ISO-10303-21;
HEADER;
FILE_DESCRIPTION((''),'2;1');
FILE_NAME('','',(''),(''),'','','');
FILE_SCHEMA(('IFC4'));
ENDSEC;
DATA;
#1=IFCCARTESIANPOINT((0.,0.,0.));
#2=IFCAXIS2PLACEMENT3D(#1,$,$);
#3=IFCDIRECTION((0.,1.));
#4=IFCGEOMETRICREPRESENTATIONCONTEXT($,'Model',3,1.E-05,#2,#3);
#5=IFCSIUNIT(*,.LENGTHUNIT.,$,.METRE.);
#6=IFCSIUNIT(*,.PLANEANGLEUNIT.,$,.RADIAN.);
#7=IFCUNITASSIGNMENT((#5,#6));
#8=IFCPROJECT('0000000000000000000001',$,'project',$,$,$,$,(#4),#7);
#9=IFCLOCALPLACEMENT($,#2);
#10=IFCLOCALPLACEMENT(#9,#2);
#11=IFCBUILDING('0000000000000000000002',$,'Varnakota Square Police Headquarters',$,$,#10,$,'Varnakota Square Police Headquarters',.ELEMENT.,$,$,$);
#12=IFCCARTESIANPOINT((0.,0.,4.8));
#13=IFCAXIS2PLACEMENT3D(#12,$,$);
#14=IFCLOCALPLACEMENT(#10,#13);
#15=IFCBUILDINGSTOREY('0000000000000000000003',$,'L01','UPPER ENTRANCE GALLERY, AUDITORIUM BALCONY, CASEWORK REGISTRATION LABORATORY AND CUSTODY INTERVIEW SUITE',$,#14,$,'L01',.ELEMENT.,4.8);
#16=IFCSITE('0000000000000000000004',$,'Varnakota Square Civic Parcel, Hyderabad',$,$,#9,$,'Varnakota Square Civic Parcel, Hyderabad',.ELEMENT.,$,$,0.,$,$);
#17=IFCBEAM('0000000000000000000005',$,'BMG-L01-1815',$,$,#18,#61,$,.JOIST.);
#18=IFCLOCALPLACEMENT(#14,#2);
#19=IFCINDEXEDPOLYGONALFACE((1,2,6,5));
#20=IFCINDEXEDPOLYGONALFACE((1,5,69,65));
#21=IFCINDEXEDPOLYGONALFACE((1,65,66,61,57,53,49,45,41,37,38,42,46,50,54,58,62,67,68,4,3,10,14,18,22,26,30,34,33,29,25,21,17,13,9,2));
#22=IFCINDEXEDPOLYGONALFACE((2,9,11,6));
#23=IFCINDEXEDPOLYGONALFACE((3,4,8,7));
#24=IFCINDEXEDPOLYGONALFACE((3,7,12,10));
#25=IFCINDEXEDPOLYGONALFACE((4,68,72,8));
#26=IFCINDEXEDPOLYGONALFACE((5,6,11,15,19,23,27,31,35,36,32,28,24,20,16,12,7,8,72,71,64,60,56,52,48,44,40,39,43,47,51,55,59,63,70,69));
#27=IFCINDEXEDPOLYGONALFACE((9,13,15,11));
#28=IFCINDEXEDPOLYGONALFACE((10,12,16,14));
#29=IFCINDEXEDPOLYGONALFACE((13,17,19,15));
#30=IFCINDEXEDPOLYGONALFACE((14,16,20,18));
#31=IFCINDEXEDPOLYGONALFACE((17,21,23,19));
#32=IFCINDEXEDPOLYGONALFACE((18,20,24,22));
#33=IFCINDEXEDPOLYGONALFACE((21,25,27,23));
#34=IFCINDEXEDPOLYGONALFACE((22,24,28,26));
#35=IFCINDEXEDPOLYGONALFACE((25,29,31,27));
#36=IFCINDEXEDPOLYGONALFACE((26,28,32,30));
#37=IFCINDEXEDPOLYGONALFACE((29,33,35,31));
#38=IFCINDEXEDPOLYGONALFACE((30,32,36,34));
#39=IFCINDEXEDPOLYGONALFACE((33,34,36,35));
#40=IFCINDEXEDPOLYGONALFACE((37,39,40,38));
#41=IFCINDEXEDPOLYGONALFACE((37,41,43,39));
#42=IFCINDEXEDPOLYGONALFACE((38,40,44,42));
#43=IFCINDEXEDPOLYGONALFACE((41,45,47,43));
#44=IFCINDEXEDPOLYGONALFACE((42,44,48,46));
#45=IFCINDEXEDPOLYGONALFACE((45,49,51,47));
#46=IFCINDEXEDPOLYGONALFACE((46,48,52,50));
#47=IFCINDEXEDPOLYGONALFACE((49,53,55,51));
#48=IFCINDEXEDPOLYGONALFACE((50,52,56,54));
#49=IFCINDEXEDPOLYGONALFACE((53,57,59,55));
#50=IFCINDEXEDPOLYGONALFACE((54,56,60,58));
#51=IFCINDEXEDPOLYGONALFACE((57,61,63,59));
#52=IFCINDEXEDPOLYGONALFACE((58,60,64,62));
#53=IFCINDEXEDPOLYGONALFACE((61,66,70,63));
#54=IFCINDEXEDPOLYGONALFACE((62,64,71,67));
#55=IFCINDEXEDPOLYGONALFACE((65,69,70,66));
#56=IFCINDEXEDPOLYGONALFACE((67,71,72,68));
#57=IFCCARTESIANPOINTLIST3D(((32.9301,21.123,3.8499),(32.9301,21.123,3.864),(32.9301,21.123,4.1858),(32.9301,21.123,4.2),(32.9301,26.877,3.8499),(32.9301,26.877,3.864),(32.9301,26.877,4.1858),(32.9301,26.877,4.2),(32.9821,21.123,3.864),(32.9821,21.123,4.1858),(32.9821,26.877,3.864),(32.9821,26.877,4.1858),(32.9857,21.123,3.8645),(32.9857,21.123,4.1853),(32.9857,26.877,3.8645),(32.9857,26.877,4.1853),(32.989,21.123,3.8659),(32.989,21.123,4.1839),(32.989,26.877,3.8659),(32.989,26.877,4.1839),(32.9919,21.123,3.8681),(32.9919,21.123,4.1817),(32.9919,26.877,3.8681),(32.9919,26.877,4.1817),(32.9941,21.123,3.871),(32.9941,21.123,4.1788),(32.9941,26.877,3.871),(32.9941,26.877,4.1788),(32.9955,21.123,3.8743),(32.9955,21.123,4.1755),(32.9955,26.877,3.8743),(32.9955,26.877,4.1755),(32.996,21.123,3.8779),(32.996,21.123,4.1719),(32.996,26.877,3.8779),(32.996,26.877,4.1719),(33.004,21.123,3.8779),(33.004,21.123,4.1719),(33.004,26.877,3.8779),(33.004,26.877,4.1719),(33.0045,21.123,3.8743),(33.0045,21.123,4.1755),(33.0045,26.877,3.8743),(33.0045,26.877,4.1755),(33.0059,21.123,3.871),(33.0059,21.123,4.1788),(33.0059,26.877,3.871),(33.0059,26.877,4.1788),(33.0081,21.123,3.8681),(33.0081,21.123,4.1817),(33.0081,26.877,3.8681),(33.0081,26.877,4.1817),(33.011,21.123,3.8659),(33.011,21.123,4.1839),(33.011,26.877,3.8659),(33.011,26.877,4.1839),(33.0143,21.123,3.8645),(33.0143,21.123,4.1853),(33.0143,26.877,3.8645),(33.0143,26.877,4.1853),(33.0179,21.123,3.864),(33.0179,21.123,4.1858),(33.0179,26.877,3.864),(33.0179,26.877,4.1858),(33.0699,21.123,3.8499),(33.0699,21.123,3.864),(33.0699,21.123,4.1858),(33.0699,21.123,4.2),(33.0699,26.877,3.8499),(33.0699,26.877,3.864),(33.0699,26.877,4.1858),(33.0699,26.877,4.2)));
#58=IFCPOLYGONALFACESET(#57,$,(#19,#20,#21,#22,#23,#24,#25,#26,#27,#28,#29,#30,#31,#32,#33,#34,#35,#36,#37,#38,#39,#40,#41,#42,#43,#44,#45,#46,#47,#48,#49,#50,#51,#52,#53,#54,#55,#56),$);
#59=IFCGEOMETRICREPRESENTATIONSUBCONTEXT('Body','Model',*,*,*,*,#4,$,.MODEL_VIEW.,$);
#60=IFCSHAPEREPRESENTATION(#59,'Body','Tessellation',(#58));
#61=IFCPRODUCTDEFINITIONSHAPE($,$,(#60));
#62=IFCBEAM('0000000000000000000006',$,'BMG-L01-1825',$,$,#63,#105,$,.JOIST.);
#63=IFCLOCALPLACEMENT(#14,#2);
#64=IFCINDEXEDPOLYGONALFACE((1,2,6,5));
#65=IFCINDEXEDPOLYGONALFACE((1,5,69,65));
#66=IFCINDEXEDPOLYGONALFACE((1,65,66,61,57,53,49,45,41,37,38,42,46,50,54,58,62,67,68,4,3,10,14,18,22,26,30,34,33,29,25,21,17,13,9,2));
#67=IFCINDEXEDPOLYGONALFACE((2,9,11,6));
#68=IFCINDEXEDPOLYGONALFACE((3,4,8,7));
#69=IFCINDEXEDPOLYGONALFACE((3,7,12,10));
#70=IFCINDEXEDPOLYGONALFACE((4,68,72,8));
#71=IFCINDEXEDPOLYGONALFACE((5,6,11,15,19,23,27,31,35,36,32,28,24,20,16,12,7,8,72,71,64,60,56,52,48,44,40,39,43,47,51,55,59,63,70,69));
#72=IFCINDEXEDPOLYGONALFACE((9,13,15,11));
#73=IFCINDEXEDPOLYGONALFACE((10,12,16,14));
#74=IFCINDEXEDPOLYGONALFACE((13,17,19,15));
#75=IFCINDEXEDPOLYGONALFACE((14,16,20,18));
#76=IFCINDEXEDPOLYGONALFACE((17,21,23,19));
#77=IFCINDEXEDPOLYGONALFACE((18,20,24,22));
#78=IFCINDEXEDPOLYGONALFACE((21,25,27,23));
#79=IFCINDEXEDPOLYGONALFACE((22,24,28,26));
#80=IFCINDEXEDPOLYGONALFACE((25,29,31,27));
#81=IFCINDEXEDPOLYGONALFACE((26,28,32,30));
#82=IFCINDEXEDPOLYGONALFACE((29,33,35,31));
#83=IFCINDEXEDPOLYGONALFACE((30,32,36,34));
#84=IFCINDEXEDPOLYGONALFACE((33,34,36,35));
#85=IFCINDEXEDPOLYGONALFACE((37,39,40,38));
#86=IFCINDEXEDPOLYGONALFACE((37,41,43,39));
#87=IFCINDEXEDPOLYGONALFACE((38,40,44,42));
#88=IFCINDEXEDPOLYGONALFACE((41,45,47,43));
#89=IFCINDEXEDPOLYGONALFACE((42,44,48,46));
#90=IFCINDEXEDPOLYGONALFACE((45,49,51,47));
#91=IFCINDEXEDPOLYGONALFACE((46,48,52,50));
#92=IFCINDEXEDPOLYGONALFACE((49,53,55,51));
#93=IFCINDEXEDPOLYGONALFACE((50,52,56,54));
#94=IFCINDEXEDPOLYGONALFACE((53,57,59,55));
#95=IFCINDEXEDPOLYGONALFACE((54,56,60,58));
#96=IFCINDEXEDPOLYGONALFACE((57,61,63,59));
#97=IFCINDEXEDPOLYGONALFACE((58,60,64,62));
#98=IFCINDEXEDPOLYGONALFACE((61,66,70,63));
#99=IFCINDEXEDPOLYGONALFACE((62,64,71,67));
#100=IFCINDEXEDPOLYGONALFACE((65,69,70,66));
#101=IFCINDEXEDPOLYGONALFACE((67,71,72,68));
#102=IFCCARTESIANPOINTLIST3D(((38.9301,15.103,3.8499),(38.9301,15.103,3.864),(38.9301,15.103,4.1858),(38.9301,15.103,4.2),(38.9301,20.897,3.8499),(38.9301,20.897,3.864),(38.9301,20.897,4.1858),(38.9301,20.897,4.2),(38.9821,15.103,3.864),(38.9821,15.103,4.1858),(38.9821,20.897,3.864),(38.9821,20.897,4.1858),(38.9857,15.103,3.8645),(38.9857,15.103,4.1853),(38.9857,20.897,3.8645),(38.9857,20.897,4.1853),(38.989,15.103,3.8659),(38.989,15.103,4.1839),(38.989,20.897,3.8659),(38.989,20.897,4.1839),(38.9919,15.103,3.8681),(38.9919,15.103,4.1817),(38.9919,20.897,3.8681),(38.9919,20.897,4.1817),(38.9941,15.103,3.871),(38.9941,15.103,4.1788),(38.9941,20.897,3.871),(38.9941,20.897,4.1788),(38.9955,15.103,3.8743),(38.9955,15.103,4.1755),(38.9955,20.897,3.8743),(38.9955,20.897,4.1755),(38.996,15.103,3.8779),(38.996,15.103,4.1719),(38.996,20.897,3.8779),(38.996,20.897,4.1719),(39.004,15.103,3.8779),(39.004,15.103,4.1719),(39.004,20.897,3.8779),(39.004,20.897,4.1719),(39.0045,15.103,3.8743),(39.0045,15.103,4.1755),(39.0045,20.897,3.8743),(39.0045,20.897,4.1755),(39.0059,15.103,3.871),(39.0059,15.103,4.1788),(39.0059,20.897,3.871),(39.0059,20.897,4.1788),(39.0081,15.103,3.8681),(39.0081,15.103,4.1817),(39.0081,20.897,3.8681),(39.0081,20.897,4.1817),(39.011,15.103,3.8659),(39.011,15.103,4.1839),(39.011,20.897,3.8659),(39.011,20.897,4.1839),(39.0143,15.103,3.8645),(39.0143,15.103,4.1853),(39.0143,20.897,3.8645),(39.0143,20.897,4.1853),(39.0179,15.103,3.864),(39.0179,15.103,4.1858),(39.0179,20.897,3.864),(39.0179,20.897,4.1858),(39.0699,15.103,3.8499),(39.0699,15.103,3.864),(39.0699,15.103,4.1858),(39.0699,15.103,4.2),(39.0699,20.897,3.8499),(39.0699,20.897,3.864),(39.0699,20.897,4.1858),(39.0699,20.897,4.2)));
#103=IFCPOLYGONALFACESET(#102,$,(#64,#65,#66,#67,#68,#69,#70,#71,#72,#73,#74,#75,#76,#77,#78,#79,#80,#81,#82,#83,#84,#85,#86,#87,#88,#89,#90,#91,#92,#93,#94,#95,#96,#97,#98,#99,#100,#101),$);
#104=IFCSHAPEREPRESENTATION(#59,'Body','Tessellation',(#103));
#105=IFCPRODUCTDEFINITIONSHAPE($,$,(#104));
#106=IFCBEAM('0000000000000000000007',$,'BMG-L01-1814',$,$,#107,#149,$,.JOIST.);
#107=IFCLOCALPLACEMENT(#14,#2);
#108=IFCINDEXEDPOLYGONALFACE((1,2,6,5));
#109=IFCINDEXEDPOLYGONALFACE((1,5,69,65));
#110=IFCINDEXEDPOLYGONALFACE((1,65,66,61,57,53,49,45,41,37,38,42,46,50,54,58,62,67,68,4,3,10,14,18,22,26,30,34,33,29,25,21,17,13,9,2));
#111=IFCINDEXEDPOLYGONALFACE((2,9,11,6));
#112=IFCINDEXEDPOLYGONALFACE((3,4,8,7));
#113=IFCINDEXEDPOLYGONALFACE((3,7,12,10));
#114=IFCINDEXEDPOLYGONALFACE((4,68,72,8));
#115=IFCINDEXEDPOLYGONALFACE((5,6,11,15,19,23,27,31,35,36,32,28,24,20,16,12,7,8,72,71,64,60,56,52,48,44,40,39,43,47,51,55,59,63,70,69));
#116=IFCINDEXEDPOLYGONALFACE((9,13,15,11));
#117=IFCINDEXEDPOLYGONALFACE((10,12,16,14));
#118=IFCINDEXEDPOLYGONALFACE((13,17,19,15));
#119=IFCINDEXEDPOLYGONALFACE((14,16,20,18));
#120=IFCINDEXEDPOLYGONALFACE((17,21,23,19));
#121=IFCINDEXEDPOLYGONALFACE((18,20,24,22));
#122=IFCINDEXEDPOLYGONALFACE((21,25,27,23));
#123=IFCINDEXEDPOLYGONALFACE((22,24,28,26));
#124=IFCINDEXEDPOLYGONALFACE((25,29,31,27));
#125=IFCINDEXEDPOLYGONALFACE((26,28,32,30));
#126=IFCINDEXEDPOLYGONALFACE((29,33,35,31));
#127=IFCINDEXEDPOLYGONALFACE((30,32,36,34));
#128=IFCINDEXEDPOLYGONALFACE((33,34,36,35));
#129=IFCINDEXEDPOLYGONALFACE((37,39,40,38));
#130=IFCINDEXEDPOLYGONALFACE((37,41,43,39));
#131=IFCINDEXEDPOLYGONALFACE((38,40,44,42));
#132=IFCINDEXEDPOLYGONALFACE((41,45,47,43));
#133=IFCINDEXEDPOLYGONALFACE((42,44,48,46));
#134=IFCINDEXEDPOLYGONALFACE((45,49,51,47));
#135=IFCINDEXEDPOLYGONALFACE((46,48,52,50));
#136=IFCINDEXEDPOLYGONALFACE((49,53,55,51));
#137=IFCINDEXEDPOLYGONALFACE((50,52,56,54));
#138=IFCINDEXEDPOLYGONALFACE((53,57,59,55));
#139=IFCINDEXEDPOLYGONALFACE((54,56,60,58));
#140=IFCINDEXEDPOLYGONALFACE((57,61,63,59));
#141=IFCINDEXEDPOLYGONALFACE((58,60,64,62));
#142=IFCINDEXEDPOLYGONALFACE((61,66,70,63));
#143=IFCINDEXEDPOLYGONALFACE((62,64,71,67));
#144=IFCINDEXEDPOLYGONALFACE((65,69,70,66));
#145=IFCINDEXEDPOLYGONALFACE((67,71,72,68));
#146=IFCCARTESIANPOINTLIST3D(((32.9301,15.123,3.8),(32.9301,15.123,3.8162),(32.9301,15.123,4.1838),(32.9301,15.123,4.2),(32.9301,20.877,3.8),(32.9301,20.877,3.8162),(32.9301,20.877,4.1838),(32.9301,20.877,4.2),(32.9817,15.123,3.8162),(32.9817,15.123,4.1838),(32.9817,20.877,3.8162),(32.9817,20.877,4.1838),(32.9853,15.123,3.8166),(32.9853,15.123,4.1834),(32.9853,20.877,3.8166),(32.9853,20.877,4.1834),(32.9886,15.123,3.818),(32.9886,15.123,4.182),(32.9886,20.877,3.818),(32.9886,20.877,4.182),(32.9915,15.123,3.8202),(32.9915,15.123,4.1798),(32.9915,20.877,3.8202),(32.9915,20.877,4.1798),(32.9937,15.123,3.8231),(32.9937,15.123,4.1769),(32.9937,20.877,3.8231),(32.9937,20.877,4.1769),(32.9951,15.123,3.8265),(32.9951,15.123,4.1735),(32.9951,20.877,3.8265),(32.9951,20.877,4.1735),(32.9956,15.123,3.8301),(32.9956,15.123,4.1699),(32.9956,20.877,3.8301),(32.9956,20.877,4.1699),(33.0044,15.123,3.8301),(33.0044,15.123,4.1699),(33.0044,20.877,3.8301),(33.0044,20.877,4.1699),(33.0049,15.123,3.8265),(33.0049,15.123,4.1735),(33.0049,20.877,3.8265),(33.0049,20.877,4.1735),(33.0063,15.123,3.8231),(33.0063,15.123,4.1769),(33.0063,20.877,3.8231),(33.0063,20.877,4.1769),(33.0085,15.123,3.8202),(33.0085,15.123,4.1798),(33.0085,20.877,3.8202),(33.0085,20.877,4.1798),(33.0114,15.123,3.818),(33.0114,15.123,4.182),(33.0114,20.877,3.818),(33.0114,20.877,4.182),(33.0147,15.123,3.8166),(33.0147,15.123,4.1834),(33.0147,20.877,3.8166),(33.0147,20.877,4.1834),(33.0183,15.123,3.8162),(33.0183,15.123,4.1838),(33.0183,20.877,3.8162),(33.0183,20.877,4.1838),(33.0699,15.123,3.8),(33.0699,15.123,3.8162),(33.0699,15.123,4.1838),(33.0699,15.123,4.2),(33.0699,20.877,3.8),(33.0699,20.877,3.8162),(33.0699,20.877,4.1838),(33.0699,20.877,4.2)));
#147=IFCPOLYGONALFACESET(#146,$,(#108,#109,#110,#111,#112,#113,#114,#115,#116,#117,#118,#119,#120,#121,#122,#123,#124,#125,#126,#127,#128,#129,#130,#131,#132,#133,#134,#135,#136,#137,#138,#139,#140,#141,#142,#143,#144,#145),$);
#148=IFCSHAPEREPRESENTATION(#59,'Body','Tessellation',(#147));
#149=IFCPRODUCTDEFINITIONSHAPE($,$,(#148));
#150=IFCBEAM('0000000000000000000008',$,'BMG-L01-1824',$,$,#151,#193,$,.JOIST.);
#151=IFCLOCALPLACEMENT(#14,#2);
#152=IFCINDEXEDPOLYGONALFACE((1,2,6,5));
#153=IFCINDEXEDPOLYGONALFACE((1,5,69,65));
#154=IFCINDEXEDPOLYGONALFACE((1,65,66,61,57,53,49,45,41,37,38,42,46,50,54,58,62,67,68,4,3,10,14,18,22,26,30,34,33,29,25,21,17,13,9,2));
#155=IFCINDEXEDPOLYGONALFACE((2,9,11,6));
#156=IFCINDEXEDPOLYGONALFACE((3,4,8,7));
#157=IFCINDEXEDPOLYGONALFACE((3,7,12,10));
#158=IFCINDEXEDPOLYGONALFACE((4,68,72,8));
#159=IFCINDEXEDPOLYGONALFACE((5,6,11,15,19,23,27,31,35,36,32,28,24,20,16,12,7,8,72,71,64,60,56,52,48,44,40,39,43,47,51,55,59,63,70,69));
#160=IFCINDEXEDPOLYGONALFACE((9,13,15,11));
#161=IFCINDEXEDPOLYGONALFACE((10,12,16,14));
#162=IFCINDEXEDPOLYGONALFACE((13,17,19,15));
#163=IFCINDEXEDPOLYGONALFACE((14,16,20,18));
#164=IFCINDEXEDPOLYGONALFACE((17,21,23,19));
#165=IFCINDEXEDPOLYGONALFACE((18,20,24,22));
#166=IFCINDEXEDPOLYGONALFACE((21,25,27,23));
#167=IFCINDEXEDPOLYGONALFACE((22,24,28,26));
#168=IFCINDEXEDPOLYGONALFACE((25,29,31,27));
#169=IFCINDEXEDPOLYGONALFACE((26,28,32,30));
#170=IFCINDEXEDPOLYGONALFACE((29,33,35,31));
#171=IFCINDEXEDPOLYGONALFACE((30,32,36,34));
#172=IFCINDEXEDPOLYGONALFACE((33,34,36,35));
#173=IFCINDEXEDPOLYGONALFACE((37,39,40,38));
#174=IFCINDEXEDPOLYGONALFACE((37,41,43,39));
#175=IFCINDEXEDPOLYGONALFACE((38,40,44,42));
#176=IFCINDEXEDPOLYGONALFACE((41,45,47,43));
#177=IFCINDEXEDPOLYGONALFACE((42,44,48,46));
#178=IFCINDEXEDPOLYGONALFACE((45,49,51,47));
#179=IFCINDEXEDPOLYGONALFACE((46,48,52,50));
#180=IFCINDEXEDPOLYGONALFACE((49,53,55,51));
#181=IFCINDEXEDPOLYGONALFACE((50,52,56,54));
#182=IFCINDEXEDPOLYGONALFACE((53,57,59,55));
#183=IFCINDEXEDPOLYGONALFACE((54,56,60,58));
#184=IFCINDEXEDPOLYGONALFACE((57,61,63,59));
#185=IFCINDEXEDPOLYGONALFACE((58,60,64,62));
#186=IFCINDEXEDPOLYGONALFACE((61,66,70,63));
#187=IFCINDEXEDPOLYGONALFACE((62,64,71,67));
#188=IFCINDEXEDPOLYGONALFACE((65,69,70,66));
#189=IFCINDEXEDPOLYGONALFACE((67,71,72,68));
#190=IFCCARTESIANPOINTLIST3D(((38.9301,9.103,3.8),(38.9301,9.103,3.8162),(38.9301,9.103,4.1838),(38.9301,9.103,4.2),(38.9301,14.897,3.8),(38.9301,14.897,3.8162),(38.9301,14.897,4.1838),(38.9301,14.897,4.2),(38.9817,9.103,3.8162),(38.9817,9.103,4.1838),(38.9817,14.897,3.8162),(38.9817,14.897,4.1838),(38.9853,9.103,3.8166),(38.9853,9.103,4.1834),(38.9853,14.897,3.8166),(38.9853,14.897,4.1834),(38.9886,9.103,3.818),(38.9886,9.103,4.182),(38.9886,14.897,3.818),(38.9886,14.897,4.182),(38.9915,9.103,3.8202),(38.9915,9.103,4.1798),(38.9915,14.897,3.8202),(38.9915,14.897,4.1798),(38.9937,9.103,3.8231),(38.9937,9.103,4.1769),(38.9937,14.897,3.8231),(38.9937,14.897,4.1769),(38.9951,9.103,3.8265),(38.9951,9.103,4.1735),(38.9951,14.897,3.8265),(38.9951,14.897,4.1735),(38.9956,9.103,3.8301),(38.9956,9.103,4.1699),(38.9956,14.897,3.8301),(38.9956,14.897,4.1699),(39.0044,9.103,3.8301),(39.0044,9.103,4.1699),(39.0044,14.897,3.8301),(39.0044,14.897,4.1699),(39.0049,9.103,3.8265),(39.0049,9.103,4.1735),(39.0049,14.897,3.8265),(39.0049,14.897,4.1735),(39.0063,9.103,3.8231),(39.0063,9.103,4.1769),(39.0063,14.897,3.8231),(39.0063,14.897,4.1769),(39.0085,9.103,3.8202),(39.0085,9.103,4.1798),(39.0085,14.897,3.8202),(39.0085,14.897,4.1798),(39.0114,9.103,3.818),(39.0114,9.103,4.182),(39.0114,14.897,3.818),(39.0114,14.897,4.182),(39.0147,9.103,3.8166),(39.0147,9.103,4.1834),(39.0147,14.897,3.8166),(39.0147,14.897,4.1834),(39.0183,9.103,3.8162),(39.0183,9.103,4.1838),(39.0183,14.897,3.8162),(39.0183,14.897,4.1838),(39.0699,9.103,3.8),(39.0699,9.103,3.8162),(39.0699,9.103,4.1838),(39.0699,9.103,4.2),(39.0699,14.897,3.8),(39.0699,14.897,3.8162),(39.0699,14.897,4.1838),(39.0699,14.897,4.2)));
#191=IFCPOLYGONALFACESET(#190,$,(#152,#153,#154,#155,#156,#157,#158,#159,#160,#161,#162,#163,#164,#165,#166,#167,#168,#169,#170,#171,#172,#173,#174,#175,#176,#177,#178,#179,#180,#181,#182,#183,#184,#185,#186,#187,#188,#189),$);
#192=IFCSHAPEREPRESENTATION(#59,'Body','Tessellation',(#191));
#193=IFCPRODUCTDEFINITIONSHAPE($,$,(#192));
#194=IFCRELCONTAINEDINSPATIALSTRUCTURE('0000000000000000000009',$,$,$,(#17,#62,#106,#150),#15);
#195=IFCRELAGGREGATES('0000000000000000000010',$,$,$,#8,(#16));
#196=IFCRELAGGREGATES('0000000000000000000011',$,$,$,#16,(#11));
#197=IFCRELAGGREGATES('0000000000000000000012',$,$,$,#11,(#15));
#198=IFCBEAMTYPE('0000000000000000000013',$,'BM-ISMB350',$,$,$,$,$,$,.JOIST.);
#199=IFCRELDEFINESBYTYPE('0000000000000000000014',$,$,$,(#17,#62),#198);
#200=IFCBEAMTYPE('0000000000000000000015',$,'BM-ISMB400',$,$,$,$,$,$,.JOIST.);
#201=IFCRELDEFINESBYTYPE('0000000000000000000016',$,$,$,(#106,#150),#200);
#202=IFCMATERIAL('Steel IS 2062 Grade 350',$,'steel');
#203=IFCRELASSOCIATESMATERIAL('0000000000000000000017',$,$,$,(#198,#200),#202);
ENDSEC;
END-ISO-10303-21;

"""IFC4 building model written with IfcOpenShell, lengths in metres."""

from ifc_helpers import new_model, si_unit, direction, frame, origin, origin_2d, place, context, subcontext, project, spatial, i_section, extrude, material, material_profile, profile_set, type_object, element, save


model = new_model("IFC4")

# Units and contexts
model_context = context("Model", 3, precision=1e-05, world=origin(), true_north=direction((0.0, 1.0)))
body_context = subcontext(model_context, "Body", "Model", "MODEL_VIEW")
ifc_project = project(units=[si_unit("LENGTHUNIT", "METRE"), si_unit("PLANEANGLEUNIT", "RADIAN")], contexts=[model_context])

# Site, building, storey
site_placement = place(None, origin())
site = spatial("IfcSite", under=ifc_project, at=site_placement, Name="Varnakota Square Civic Parcel, Hyderabad", LongName="Varnakota Square Civic Parcel, Hyderabad", CompositionType="ELEMENT", RefElevation=0.0)
building_placement = place(site_placement, origin())
building = spatial("IfcBuilding", under=site, at=building_placement, Name="Varnakota Square Police Headquarters", LongName="Varnakota Square Police Headquarters", CompositionType="ELEMENT")
storey_placement = place(building_placement, frame((0.0, 0.0, 4.8)))
storey = spatial("IfcBuildingStorey", under=building, at=storey_placement, Name="L01", Description="UPPER ENTRANCE GALLERY, AUDITORIUM BALCONY, CASEWORK REGISTRATION LABORATORY AND CUSTODY INTERVIEW SUITE", LongName="L01", CompositionType="ELEMENT", Elevation=4.8)

# Shared definitions
ifc_material_1 = material(Name="Steel IS 2062 Grade 350", Category="steel")

# Beams
ifc_material_profile_1 = material_profile(ifc_material_1, i_section(OverallWidth=0.1399, OverallDepth=0.3501, WebThickness=0.0081, FlangeThickness=0.0142, FilletRadius=0.0139, at=origin_2d()), Name="ISMB 350")
ifc_profile_set_1 = profile_set([ifc_material_profile_1], Name="Steel IS 2062 Grade 350")
beam_type_1 = type_object("IfcBeamType", Name="BM-ISMB350", PredefinedType="JOIST", material=ifc_profile_set_1)
beam_1_placement = place(storey_placement, frame((33.0, 21.123, 4.0249), z_axis=(0.0, 1.0, 0.0), x_axis=(-1.0, 0.0, 0.0)))
element("IfcBeam", 1, at=beam_1_placement, inside=storey, type_object=beam_type_1, Name="BMG-L01-1815", PredefinedType="JOIST", context=body_context, shape_type="SweptSolid", body=[
    extrude(i_section(OverallWidth=0.1399, OverallDepth=0.3501, WebThickness=0.0081, FlangeThickness=0.0142, FilletRadius=0.0139, at=origin_2d()), origin(), (0.0, 0.0, 1.0), 5.7539),
])
beam_2_placement = place(storey_placement, frame((39.0, 15.103, 4.0249), z_axis=(0.0, 1.0, 0.0), x_axis=(-1.0, 0.0, 0.0)))
element("IfcBeam", 2, at=beam_2_placement, inside=storey, type_object=beam_type_1, Name="BMG-L01-1825", PredefinedType="JOIST", context=body_context, shape_type="SweptSolid", body=[
    extrude(i_section(OverallWidth=0.1399, OverallDepth=0.3501, WebThickness=0.0081, FlangeThickness=0.0142, FilletRadius=0.0139, at=origin_2d()), origin(), (0.0, 0.0, 1.0), 5.7939),
])
ifc_material_profile_2 = material_profile(ifc_material_1, i_section(OverallWidth=0.1399, OverallDepth=0.3999, WebThickness=0.0088, FlangeThickness=0.0161, FilletRadius=0.0139, at=origin_2d()), Name="ISMB 400")
ifc_profile_set_2 = profile_set([ifc_material_profile_2], Name="Steel IS 2062 Grade 350")
beam_type_2 = type_object("IfcBeamType", Name="BM-ISMB400", PredefinedType="JOIST", material=ifc_profile_set_2)
beam_3_placement = place(storey_placement, frame((33.0, 15.123, 4.0), z_axis=(0.0, 1.0, 0.0), x_axis=(-1.0, 0.0, 0.0)))
element("IfcBeam", 3, at=beam_3_placement, inside=storey, type_object=beam_type_2, Name="BMG-L01-1814", PredefinedType="JOIST", context=body_context, shape_type="SweptSolid", body=[
    extrude(i_section(OverallWidth=0.1399, OverallDepth=0.3999, WebThickness=0.0088, FlangeThickness=0.0161, FilletRadius=0.0139, at=origin_2d()), origin(), (0.0, 0.0, 1.0), 5.7539),
])
beam_4_placement = place(storey_placement, frame((39.0, 9.103, 4.0), z_axis=(0.0, 1.0, 0.0), x_axis=(-1.0, 0.0, 0.0)))
element("IfcBeam", 4, at=beam_4_placement, inside=storey, type_object=beam_type_2, Name="BMG-L01-1824", PredefinedType="JOIST", context=body_context, shape_type="SweptSolid", body=[
    extrude(i_section(OverallWidth=0.1399, OverallDepth=0.3999, WebThickness=0.0088, FlangeThickness=0.0161, FilletRadius=0.0139, at=origin_2d()), origin(), (0.0, 0.0, 1.0), 5.7939),
])

save(model, "model.ifc")
